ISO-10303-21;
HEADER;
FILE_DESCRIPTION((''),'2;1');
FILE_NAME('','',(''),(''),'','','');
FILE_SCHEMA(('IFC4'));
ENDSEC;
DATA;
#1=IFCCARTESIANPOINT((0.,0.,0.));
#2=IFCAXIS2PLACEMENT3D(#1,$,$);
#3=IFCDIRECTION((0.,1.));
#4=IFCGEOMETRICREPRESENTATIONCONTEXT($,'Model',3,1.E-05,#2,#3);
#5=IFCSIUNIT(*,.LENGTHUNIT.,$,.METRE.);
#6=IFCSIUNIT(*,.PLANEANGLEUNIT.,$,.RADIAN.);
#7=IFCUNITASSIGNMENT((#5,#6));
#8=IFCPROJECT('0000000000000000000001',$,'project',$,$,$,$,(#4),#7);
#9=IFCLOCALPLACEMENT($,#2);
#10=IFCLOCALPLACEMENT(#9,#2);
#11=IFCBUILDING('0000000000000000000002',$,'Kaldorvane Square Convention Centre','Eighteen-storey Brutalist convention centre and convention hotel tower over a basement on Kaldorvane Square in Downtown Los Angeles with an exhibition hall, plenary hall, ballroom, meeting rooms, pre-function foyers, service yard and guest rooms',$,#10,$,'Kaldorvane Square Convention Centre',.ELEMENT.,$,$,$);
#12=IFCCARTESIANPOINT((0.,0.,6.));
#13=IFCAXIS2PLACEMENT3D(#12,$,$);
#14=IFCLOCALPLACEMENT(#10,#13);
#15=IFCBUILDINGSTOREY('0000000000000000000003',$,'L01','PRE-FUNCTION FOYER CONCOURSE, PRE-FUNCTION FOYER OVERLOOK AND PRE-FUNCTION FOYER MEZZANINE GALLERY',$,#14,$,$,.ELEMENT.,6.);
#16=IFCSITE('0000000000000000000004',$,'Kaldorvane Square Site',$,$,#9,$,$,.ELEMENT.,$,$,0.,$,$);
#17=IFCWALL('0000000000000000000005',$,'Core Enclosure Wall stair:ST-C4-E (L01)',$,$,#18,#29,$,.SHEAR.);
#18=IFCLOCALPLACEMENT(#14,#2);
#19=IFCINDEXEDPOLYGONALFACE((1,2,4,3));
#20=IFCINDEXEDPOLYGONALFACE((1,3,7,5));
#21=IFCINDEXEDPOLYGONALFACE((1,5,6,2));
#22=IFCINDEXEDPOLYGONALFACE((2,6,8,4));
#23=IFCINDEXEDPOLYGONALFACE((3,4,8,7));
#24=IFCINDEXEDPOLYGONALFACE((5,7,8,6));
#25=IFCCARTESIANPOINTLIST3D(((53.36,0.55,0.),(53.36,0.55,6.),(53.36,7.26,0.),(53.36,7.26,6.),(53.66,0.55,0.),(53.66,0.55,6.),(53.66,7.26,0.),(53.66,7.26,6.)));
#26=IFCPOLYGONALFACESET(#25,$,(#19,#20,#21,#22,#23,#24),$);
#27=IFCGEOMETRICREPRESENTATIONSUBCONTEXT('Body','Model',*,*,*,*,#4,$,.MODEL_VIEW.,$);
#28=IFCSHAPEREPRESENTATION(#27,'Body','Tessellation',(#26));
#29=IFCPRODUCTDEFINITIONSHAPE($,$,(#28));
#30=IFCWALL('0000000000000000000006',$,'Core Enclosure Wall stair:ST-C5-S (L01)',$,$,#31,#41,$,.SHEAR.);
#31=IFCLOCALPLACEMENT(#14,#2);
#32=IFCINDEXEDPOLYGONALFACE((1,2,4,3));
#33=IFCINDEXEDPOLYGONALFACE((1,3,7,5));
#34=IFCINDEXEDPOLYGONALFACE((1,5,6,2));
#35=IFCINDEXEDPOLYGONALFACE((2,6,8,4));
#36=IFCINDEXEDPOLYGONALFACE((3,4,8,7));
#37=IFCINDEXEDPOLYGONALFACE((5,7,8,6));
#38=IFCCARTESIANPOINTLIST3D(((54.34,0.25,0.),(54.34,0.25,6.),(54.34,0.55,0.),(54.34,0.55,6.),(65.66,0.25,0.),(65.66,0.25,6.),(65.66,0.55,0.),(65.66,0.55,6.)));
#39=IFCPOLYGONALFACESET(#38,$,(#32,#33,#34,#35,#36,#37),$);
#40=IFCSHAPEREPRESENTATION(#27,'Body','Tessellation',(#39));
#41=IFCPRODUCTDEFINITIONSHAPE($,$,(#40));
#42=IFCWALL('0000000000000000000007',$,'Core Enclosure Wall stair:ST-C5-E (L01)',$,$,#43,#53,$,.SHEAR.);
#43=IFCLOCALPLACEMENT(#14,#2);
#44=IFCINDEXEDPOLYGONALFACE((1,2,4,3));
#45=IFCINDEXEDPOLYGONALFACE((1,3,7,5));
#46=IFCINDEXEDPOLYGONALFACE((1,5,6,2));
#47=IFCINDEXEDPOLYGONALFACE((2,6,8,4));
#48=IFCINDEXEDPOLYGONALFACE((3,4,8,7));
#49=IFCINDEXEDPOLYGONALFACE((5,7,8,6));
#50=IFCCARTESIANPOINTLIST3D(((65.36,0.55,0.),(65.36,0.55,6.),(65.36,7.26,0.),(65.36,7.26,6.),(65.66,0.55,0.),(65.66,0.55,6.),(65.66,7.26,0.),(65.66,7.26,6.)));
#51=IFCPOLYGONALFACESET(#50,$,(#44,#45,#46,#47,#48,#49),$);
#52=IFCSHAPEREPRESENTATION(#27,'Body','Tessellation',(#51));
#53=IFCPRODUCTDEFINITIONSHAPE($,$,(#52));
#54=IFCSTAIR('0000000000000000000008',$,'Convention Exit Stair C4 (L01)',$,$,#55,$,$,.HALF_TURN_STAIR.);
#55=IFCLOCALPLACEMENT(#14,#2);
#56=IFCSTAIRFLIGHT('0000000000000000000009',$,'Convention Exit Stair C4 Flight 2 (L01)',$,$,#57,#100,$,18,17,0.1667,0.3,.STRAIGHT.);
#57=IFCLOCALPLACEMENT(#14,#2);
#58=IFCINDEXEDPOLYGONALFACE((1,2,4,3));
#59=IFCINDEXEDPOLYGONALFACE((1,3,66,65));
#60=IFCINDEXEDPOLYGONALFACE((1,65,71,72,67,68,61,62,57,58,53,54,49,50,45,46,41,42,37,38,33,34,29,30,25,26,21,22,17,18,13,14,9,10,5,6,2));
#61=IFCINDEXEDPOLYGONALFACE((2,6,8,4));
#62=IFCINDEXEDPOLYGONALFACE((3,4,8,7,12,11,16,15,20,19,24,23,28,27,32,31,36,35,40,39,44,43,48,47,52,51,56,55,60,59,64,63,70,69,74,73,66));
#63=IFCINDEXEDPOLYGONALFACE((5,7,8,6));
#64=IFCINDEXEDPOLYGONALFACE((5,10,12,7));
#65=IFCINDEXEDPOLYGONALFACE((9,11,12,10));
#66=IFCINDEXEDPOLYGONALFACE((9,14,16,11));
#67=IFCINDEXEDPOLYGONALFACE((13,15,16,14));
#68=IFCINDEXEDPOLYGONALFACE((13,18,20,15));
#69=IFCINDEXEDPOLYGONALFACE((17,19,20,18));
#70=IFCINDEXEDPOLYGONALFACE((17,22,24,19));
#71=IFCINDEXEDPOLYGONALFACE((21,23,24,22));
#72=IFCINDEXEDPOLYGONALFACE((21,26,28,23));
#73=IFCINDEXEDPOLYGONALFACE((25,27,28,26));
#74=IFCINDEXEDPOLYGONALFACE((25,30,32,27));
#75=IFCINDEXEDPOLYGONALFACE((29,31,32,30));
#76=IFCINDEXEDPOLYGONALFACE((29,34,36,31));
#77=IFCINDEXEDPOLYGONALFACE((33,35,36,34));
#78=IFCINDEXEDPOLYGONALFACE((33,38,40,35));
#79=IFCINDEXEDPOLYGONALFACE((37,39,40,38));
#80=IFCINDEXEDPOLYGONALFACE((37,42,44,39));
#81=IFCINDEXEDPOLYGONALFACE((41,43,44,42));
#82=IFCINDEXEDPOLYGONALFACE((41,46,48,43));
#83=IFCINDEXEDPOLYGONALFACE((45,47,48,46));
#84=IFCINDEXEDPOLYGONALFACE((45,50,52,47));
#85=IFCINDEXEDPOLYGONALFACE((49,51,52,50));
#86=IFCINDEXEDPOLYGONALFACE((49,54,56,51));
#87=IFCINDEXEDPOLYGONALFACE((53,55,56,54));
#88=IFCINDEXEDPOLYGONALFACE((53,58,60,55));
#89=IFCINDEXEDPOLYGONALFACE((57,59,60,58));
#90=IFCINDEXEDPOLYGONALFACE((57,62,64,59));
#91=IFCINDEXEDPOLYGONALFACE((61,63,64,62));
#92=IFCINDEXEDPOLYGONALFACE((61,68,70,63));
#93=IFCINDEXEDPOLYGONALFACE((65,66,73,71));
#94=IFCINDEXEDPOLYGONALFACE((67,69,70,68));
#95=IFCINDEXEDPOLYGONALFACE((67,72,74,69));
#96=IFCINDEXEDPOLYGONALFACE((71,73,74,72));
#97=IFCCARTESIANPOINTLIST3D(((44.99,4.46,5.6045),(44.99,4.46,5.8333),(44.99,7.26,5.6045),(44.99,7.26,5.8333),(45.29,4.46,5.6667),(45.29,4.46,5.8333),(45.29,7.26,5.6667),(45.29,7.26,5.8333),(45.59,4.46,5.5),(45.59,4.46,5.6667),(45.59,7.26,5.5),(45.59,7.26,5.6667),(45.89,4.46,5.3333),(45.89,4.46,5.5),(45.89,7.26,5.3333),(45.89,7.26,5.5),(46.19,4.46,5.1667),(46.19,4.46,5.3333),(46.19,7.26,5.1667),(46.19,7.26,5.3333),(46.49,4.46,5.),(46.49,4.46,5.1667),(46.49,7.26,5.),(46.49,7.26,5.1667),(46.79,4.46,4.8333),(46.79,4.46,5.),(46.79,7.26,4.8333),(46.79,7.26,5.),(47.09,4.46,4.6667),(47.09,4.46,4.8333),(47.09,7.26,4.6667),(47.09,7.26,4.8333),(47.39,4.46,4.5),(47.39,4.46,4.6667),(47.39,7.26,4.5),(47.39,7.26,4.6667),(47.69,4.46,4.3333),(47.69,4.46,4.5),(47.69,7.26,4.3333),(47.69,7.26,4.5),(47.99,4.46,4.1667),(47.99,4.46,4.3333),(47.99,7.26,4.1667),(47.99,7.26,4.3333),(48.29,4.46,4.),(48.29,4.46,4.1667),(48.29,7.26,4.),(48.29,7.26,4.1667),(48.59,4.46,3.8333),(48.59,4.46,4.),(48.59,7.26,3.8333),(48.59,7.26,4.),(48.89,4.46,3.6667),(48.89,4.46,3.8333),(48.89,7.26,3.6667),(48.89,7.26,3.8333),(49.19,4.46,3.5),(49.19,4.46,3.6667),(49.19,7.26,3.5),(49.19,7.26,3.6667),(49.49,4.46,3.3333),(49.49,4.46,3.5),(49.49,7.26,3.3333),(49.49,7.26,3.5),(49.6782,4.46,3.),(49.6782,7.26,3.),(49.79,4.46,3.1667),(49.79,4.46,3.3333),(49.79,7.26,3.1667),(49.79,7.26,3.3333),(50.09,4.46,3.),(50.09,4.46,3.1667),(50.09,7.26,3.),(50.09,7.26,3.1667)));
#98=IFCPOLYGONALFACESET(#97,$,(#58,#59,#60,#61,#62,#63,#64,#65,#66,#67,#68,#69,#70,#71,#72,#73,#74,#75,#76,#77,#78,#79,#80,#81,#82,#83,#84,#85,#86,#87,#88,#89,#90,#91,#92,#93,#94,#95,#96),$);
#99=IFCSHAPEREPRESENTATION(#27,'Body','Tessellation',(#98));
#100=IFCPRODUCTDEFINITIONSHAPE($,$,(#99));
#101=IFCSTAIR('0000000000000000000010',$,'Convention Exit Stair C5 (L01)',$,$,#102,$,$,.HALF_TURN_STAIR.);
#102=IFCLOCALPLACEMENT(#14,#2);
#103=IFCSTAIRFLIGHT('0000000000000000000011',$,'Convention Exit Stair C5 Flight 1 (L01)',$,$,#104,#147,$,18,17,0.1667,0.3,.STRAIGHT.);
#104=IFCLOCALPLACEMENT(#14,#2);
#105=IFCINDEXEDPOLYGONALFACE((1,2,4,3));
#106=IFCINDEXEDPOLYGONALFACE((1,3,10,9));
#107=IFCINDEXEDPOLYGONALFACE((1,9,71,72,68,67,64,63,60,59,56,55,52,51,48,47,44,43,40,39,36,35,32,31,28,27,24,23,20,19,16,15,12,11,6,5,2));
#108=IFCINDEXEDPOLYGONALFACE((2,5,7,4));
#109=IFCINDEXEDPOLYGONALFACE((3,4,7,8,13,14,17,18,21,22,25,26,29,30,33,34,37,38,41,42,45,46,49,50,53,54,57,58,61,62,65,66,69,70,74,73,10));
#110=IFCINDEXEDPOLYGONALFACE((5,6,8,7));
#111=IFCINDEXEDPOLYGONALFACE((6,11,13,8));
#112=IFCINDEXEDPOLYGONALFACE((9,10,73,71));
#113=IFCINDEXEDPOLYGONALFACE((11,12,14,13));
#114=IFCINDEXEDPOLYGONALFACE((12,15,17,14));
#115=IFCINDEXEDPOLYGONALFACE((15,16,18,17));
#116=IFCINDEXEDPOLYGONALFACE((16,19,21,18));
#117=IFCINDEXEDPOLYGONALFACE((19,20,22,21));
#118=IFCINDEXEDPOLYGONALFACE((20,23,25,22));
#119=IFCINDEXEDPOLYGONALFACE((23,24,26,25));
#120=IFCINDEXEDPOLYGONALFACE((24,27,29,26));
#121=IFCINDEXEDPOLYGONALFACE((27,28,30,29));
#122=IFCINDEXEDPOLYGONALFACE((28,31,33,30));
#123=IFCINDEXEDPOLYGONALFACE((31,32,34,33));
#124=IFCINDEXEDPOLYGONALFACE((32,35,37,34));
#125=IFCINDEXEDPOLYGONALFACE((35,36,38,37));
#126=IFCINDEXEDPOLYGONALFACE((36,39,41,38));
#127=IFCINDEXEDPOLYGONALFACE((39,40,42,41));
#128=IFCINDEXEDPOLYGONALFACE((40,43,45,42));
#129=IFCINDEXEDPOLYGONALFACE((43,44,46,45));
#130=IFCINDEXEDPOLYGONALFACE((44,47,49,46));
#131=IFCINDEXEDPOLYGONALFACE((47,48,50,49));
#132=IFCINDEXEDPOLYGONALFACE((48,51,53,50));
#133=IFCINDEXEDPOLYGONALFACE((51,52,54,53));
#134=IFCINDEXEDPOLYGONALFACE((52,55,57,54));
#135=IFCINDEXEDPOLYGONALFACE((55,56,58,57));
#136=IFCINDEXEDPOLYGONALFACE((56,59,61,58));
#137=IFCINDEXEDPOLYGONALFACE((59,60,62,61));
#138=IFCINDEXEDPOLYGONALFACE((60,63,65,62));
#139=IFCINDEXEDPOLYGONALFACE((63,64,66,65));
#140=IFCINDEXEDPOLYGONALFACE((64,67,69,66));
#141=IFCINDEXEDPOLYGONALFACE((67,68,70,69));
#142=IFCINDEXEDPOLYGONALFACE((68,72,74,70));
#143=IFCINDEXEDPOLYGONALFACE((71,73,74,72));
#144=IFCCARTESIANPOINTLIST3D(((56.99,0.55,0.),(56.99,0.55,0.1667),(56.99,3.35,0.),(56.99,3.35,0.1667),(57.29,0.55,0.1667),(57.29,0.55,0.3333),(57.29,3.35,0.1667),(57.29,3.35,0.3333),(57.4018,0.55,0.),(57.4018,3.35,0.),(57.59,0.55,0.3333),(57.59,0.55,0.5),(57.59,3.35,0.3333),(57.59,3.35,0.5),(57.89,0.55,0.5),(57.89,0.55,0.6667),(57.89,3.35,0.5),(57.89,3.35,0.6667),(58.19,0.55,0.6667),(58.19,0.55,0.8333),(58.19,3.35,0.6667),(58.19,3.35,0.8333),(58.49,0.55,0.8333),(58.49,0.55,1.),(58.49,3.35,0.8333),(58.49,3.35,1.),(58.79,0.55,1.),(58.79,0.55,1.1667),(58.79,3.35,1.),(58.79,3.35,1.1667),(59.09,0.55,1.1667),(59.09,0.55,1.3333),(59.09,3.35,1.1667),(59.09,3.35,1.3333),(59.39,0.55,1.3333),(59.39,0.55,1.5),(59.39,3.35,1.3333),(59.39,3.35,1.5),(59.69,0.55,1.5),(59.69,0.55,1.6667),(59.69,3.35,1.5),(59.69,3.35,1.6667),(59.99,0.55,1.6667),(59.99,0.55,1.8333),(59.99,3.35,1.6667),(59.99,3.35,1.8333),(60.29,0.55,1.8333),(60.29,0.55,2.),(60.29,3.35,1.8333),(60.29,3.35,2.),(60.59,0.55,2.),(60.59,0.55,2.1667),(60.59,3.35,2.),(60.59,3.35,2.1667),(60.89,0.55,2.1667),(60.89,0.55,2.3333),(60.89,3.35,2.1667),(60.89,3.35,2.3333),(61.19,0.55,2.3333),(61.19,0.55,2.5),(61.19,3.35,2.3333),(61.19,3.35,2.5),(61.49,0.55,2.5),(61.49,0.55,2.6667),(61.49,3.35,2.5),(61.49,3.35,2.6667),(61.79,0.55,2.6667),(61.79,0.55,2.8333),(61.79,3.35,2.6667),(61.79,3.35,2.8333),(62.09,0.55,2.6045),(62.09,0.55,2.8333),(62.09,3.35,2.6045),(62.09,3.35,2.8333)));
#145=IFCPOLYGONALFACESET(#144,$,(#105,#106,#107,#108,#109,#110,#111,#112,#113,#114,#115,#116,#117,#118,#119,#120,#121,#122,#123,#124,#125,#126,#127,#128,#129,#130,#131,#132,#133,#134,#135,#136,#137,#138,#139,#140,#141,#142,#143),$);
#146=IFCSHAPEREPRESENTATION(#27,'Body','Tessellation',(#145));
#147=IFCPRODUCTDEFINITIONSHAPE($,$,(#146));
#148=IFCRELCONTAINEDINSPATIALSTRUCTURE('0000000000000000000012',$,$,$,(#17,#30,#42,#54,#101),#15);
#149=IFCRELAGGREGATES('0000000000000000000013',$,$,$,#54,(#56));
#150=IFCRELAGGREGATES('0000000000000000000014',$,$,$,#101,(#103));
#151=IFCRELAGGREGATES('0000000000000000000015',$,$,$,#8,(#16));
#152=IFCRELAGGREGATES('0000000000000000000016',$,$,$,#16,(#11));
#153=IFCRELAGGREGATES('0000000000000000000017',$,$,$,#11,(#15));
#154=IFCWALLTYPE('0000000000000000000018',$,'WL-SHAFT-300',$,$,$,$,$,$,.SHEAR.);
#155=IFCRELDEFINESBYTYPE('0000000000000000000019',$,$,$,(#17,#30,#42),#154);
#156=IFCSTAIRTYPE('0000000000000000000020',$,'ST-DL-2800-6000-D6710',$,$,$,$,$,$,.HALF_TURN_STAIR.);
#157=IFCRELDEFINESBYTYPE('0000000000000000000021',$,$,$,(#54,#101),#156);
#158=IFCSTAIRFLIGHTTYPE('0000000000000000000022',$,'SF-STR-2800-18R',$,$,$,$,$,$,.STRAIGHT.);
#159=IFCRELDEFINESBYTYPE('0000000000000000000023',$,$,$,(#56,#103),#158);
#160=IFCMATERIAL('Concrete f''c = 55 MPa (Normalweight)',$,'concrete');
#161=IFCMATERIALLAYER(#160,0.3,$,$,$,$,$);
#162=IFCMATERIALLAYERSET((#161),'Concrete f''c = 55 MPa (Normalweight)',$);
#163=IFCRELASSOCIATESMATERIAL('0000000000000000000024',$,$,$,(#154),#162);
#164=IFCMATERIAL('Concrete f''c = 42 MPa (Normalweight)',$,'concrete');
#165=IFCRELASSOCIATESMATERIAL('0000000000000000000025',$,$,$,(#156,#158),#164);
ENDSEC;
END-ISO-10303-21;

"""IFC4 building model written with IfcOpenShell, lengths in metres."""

from ifc_helpers import new_model, si_unit, direction, frame, frame_2d, origin, place, context, subcontext, project, spatial, polyline, rectangle, outline, extrude, material, layer, layer_set, type_object, element, aggregate, save


model = new_model("IFC4")

# Units and contexts
model_context = context("Model", 3, precision=1e-05, world=origin(), true_north=direction((0.0, 1.0)))
body_context = subcontext(model_context, "Body", "Model", "MODEL_VIEW")
ifc_project = project(units=[si_unit("LENGTHUNIT", "METRE"), si_unit("PLANEANGLEUNIT", "RADIAN")], contexts=[model_context])

# Site, building, storey
site_placement = place(None, origin())
site = spatial("IfcSite", under=ifc_project, at=site_placement, Name="Kaldorvane Square Site", CompositionType="ELEMENT", RefElevation=0.0)
building_placement = place(site_placement, origin())
building = spatial("IfcBuilding", under=site, at=building_placement, Name="Kaldorvane Square Convention Centre", Description="Eighteen-storey Brutalist convention centre and convention hotel tower over a basement on Kaldorvane Square in Downtown Los Angeles with an exhibition hall, plenary hall, ballroom, meeting rooms, pre-function foyers, service yard and guest rooms", LongName="Kaldorvane Square Convention Centre", CompositionType="ELEMENT")
storey_placement = place(building_placement, frame((0.0, 0.0, 6.0)))
storey = spatial("IfcBuildingStorey", under=building, at=storey_placement, Name="L01", Description="PRE-FUNCTION FOYER CONCOURSE, PRE-FUNCTION FOYER OVERLOOK AND PRE-FUNCTION FOYER MEZZANINE GALLERY", CompositionType="ELEMENT", Elevation=6.0)

# Shared definitions
ifc_material_1 = material(Name="Concrete f'c = 55 MPa (Normalweight)", Category="concrete")

# Shared definitions
ifc_material_2 = material(Name="Concrete f'c = 42 MPa (Normalweight)", Category="concrete")

# Walls
ifc_layer_1 = layer(ifc_material_1, 0.3)
ifc_layer_set_1 = layer_set([ifc_layer_1], Name="Concrete f'c = 55 MPa (Normalweight)")
wall_type_1 = type_object("IfcWallType", Name="WL-SHAFT-300", PredefinedType="SHEAR", material=ifc_layer_set_1)
wall_1_placement = place(storey_placement, frame((53.51, 0.55, 0.0), z_axis=(0.0, 0.0, 1.0), x_axis=(0.0, 1.0, 0.0)))
element("IfcWall", 1, at=wall_1_placement, inside=storey, type_object=wall_type_1, Name="Core Enclosure Wall stair:ST-C4-E (L01)", PredefinedType="SHEAR", context=body_context, shape_type="SweptSolid", body=[
    extrude(rectangle(XDim=6.71, YDim=0.3, at=frame_2d((3.355, 0.0))), origin(), (0.0, 0.0, 1.0), 6.0),
])
wall_2_placement = place(storey_placement, frame((65.66, 0.4, 0.0), z_axis=(0.0, 0.0, 1.0), x_axis=(-1.0, 0.0, 0.0)))
element("IfcWall", 2, at=wall_2_placement, inside=storey, type_object=wall_type_1, Name="Core Enclosure Wall stair:ST-C5-S (L01)", PredefinedType="SHEAR", context=body_context, shape_type="SweptSolid", body=[
    extrude(rectangle(XDim=11.32, YDim=0.3, at=frame_2d((5.66, 0.0))), origin(), (0.0, 0.0, 1.0), 6.0),
])
wall_3_placement = place(storey_placement, frame((65.51, 0.55, 0.0), z_axis=(0.0, 0.0, 1.0), x_axis=(0.0, 1.0, 0.0)))
element("IfcWall", 3, at=wall_3_placement, inside=storey, type_object=wall_type_1, Name="Core Enclosure Wall stair:ST-C5-E (L01)", PredefinedType="SHEAR", context=body_context, shape_type="SweptSolid", body=[
    extrude(rectangle(XDim=6.71, YDim=0.3, at=frame_2d((3.355, 0.0))), origin(), (0.0, 0.0, 1.0), 6.0),
])

# Stair, stair flight
stair_type = type_object("IfcStairType", Name="ST-DL-2800-6000-D6710", PredefinedType="HALF_TURN_STAIR", material=ifc_material_2)
stair_1_placement = place(storey_placement, origin())
stair_1 = element("IfcStair", 4, at=stair_1_placement, inside=storey, type_object=stair_type, Name="Convention Exit Stair C4 (L01)", PredefinedType="HALF_TURN_STAIR")
stair_flight_type = type_object("IfcStairFlightType", Name="SF-STR-2800-18R", PredefinedType="STRAIGHT", material=ifc_material_2)
stair_flight_1_placement = place(storey_placement, frame((50.09, 5.86, 3.0), z_axis=(0.0, 0.0, 1.0), x_axis=(-1.0, 0.0, 0.0)))
stair_flight_1 = element("IfcStairFlight", 5, at=stair_flight_1_placement, type_object=stair_flight_type, Name="Convention Exit Stair C4 Flight 2 (L01)", NumberOfRisers=18, NumberOfTreads=17, PredefinedType="STRAIGHT", RiserHeight=0.1667, TreadLength=0.3, context=body_context, shape_type="SweptSolid", body=[
    extrude(outline(polyline([(0.0, 0.0), (0.0, 0.1667), (0.3, 0.1667), (0.3, 0.3333), (0.6, 0.3333), (0.6, 0.5), (0.9, 0.5), (0.9, 0.6667), (1.2, 0.6667), (1.2, 0.8333), (1.5, 0.8333), (1.5, 1.0), (1.8, 1.0), (1.8, 1.1667), (2.1, 1.1667), (2.1, 1.3333), (2.4, 1.3333), (2.4, 1.5), (2.7, 1.5), (2.7, 1.6667), (3.0, 1.6667), (3.0, 1.8333), (3.3, 1.8333), (3.3, 2.0), (3.6, 2.0), (3.6, 2.1667), (3.9, 2.1667), (3.9, 2.3333), (4.2, 2.3333), (4.2, 2.5), (4.5, 2.5), (4.5, 2.6667), (4.8, 2.6667), (4.8, 2.8333), (5.1, 2.8333), (5.1, 3.0), (5.1, 2.6045), (0.4118, 0.0), (0.0, 0.0)])), frame((0.0, 1.4, 0.0), z_axis=(0.0, -1.0, 0.0), x_axis=(1.0, 0.0, 0.0)), (0.0, 0.0, 1.0), 2.8),
])
aggregate(stair_1, [stair_flight_1])

# Stair, stair flight
stair_2_placement = place(storey_placement, origin())
stair_2 = element("IfcStair", 6, at=stair_2_placement, inside=storey, type_object=stair_type, Name="Convention Exit Stair C5 (L01)", PredefinedType="HALF_TURN_STAIR")
stair_flight_2_placement = place(storey_placement, frame((56.99, 1.95, 0.0), z_axis=(0.0, 0.0, 1.0), x_axis=(1.0, 0.0, 0.0)))
stair_flight_2 = element("IfcStairFlight", 7, at=stair_flight_2_placement, type_object=stair_flight_type, Name="Convention Exit Stair C5 Flight 1 (L01)", NumberOfRisers=18, NumberOfTreads=17, PredefinedType="STRAIGHT", RiserHeight=0.1667, TreadLength=0.3, context=body_context, shape_type="SweptSolid", body=[
    extrude(outline(polyline([(0.0, 0.0), (0.0, 0.1667), (0.3, 0.1667), (0.3, 0.3333), (0.6, 0.3333), (0.6, 0.5), (0.9, 0.5), (0.9, 0.6667), (1.2, 0.6667), (1.2, 0.8333), (1.5, 0.8333), (1.5, 1.0), (1.8, 1.0), (1.8, 1.1667), (2.1, 1.1667), (2.1, 1.3333), (2.4, 1.3333), (2.4, 1.5), (2.7, 1.5), (2.7, 1.6667), (3.0, 1.6667), (3.0, 1.8333), (3.3, 1.8333), (3.3, 2.0), (3.6, 2.0), (3.6, 2.1667), (3.9, 2.1667), (3.9, 2.3333), (4.2, 2.3333), (4.2, 2.5), (4.5, 2.5), (4.5, 2.6667), (4.8, 2.6667), (4.8, 2.8333), (5.1, 2.8333), (5.1, 3.0), (5.1, 2.6045), (0.4118, 0.0), (0.0, 0.0)])), frame((0.0, 1.4, 0.0), z_axis=(0.0, -1.0, 0.0), x_axis=(1.0, 0.0, 0.0)), (0.0, 0.0, 1.0), 2.8),
])
aggregate(stair_2, [stair_flight_2])

save(model, "model.ifc")
